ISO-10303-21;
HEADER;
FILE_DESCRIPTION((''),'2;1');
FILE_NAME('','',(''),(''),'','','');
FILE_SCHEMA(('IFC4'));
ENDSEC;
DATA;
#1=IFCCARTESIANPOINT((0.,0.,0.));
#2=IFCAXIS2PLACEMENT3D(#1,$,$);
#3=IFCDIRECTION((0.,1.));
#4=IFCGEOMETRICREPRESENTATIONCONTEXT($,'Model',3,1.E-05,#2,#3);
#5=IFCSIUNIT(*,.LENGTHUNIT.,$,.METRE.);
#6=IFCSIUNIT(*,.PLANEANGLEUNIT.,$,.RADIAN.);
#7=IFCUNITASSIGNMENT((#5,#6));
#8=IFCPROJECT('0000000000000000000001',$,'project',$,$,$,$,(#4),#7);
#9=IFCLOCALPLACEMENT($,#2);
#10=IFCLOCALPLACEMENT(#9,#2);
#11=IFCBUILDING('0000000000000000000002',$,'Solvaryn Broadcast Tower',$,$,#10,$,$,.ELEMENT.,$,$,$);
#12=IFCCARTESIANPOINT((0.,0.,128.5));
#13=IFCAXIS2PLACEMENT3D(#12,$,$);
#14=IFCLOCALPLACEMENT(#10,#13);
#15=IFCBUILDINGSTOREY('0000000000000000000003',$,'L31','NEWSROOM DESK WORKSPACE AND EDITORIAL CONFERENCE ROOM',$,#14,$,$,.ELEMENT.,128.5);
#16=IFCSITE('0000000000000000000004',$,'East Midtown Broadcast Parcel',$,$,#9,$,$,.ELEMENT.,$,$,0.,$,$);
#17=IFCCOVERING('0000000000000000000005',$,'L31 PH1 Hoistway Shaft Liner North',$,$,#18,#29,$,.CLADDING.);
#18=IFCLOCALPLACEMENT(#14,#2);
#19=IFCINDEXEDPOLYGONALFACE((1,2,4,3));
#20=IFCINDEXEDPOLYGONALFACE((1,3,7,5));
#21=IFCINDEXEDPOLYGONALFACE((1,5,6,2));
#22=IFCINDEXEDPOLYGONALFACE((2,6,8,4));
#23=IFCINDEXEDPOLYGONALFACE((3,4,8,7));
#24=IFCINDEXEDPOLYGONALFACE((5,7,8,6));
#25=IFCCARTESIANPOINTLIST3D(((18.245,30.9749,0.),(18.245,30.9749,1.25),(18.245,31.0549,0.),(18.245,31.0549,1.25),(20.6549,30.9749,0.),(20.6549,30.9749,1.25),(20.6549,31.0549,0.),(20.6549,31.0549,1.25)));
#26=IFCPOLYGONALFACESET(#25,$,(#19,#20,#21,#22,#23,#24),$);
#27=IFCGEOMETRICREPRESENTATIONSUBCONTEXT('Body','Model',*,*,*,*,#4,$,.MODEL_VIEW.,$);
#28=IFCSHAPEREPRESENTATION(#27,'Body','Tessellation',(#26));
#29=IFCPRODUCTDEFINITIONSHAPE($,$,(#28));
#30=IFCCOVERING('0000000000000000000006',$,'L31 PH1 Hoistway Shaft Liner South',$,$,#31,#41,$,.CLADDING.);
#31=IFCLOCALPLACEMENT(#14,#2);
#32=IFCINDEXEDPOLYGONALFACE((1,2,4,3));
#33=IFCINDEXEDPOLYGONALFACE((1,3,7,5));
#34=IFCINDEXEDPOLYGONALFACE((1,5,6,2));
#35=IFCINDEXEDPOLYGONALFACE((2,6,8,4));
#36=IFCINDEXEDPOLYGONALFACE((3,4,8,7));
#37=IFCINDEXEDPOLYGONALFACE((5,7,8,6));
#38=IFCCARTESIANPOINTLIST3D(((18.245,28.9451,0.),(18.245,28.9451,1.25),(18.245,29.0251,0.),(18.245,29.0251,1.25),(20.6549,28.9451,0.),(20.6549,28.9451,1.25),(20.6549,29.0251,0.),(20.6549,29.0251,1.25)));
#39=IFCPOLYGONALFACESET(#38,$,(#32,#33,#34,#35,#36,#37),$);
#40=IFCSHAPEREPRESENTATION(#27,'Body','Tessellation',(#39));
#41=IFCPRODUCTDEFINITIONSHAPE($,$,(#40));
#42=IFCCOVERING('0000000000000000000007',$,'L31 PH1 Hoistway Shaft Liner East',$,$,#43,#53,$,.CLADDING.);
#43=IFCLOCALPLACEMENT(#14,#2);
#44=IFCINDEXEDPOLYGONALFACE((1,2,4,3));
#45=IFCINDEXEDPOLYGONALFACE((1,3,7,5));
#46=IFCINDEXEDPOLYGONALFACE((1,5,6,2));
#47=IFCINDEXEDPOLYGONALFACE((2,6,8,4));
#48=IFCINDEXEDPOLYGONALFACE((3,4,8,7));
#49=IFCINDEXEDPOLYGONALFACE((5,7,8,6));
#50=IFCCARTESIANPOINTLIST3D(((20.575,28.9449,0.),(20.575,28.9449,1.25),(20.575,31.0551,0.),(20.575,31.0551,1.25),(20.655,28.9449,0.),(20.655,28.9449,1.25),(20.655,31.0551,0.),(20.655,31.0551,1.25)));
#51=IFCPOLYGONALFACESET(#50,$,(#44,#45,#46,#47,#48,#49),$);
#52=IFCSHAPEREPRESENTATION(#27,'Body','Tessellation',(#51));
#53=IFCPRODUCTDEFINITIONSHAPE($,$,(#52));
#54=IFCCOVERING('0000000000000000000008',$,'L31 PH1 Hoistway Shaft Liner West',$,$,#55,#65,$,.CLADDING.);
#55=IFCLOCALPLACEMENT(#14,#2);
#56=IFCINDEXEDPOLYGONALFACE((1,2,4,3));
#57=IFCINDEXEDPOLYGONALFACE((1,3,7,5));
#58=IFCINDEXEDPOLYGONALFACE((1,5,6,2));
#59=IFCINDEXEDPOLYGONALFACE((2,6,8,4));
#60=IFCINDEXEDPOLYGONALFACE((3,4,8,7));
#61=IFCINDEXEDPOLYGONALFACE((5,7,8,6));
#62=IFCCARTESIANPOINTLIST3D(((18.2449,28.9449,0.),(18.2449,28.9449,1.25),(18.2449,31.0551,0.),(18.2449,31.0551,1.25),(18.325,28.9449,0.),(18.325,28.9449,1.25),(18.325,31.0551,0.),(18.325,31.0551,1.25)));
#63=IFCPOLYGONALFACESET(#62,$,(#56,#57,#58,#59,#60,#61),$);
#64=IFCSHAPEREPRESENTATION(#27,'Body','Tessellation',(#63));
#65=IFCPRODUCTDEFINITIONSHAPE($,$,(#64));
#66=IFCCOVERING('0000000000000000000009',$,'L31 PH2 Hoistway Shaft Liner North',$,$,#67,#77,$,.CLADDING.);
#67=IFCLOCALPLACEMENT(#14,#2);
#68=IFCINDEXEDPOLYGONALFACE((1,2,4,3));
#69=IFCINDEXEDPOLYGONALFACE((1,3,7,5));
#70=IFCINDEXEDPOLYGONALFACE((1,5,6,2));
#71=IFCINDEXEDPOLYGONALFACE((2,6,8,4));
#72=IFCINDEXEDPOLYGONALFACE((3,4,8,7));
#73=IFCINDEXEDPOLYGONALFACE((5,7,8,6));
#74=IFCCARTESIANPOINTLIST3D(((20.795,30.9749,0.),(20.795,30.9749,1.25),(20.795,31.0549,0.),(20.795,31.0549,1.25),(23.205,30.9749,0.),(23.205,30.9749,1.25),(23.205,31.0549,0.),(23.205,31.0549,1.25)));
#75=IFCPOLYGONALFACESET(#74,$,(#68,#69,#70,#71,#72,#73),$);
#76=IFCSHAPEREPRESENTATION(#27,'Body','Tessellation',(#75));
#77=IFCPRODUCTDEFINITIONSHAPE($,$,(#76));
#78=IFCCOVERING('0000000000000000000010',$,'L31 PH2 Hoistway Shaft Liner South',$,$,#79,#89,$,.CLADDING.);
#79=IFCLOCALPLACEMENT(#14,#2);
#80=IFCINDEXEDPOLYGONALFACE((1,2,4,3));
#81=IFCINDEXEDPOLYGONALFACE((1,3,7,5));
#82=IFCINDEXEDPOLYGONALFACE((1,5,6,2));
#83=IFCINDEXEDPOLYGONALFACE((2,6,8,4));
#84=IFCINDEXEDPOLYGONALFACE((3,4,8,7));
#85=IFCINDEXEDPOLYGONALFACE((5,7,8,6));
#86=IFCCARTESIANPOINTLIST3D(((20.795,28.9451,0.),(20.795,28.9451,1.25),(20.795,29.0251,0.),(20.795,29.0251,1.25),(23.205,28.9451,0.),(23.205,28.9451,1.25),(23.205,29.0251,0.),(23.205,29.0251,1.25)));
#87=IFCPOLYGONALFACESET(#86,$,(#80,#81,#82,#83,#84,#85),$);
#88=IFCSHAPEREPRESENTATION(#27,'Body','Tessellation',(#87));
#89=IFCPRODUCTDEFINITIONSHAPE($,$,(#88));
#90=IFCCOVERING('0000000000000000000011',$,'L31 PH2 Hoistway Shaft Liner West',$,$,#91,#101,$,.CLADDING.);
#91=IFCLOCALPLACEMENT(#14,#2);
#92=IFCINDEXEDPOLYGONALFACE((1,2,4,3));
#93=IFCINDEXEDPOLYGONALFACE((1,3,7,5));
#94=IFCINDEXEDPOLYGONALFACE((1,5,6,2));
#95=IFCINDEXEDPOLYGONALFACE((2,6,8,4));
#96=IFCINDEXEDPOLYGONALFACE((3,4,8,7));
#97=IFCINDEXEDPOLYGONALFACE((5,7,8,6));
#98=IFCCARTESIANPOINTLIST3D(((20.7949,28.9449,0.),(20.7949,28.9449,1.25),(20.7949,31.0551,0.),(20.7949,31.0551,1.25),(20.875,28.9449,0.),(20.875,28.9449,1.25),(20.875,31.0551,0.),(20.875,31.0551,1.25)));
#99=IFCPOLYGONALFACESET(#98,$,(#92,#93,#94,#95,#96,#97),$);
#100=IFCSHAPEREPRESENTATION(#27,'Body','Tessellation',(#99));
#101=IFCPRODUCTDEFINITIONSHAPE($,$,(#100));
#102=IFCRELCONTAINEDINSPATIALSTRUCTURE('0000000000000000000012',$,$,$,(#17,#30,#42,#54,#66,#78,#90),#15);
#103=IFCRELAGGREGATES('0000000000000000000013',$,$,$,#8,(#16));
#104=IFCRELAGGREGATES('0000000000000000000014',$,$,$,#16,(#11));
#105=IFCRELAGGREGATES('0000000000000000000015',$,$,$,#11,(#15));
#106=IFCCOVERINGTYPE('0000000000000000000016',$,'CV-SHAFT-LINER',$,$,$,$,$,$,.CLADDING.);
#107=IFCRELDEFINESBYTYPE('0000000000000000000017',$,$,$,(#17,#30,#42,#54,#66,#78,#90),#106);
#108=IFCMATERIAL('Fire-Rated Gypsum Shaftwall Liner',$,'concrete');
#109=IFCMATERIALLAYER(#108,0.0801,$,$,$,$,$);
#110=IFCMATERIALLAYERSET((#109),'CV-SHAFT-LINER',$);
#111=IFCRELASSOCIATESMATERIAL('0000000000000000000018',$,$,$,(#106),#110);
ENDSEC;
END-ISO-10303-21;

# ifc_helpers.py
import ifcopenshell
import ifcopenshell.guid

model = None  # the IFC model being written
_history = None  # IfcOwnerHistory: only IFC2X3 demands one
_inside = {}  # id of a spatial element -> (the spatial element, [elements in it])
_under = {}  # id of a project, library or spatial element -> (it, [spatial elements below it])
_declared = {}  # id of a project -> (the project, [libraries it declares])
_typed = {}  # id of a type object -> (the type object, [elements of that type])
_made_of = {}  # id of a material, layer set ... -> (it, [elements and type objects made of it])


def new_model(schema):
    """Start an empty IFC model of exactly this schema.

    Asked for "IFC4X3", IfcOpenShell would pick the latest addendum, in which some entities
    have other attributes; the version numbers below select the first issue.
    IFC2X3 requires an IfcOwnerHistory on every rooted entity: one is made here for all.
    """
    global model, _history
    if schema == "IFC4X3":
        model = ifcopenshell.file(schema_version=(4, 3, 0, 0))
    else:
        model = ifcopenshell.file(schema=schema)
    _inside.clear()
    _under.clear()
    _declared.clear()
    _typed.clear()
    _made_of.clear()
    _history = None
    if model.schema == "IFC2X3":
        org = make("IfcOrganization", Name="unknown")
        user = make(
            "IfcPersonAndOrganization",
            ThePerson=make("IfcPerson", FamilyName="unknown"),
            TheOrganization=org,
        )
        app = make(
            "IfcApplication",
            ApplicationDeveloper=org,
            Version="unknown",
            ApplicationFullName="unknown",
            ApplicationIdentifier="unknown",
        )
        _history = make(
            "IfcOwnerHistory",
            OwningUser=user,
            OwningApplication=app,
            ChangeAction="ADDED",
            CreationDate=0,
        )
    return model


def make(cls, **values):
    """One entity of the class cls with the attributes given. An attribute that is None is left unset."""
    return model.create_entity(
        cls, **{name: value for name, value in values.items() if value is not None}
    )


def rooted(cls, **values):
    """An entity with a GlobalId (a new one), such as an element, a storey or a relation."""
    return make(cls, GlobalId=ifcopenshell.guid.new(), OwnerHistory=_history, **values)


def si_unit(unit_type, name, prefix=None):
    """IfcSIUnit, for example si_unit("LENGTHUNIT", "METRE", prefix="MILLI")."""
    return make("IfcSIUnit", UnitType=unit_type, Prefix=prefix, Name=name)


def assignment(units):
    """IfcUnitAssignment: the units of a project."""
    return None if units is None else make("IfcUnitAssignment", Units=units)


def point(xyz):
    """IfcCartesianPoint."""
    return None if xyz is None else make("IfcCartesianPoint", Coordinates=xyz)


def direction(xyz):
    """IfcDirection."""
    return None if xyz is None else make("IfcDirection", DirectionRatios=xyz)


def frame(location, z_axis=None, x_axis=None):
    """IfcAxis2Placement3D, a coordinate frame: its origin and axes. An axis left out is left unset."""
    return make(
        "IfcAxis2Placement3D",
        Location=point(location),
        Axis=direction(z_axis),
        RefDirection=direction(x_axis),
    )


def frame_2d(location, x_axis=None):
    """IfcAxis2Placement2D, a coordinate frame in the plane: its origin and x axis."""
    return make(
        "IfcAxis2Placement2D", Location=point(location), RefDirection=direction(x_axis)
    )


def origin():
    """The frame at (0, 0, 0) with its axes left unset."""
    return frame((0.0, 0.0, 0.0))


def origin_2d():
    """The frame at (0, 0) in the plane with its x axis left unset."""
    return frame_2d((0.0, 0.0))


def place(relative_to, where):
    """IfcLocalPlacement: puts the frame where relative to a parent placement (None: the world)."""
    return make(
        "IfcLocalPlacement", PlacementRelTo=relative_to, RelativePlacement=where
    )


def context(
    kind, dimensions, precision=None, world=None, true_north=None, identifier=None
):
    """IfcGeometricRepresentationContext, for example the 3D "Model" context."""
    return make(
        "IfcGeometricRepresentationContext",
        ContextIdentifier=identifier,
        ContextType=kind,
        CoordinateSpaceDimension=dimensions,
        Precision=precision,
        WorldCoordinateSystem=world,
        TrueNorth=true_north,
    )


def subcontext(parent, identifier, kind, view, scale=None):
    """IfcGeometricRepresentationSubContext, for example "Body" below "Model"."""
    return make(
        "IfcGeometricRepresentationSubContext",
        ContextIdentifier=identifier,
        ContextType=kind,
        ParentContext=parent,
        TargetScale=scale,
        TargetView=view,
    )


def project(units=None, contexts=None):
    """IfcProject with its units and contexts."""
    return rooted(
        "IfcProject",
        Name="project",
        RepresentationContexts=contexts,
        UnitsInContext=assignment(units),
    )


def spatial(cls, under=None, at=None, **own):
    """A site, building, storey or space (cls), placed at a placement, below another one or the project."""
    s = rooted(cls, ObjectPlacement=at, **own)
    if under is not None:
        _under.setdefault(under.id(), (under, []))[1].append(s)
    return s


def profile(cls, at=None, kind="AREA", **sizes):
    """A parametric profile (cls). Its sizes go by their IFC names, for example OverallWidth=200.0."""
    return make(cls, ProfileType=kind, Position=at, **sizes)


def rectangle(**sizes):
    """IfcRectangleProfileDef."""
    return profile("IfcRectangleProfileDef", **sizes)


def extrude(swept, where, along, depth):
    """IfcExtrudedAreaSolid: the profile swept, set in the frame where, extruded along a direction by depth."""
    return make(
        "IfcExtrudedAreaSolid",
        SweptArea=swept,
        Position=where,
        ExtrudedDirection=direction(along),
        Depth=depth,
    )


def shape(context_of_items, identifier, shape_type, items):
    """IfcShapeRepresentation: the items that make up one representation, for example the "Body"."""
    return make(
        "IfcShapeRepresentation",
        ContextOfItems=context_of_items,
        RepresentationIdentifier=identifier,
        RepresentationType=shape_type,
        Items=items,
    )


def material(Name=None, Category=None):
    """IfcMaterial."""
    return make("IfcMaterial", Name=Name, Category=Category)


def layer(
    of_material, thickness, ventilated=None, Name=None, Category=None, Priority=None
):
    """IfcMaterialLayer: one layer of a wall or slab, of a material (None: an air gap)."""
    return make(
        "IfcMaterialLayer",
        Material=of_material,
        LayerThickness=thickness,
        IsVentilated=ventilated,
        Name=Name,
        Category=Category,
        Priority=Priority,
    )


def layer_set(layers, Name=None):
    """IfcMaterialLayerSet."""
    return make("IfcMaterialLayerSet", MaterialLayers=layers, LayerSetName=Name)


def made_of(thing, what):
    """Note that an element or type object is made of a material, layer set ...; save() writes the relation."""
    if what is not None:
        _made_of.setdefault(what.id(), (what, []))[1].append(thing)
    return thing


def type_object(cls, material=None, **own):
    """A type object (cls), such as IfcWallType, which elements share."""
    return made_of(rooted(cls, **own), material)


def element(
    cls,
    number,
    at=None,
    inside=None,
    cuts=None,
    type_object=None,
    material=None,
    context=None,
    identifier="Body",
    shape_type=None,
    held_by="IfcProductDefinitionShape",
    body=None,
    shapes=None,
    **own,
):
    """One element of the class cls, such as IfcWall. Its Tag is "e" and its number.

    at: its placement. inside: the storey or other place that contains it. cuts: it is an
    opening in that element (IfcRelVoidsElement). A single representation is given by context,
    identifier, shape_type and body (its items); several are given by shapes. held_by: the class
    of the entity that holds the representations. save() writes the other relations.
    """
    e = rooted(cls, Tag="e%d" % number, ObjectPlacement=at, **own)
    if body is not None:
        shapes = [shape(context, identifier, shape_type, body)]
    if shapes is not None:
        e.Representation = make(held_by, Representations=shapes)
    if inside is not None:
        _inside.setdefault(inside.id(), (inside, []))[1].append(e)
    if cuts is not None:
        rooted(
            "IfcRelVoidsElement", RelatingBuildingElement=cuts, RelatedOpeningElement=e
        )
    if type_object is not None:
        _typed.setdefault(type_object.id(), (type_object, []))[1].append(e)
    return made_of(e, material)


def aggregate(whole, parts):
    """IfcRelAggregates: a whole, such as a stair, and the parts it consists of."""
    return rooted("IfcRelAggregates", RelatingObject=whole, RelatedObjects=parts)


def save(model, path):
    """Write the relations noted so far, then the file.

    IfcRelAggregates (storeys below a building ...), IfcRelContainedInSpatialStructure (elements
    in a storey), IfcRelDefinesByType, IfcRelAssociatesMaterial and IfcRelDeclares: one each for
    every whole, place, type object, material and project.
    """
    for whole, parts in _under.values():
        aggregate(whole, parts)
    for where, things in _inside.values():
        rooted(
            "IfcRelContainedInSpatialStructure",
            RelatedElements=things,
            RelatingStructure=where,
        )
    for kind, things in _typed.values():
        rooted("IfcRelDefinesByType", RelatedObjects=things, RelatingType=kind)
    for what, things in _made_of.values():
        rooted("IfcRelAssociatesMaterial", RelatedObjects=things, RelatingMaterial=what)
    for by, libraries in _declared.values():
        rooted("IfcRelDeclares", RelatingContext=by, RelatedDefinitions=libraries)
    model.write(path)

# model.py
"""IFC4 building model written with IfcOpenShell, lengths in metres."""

from ifc_helpers import new_model, si_unit, direction, frame, origin, origin_2d, place, context, subcontext, project, spatial, rectangle, extrude, material, layer, layer_set, type_object, element, save


model = new_model("IFC4")

# Units and contexts
model_context = context("Model", 3, precision=1e-05, world=origin(), true_north=direction((0.0, 1.0)))
body_context = subcontext(model_context, "Body", "Model", "MODEL_VIEW")
ifc_project = project(units=[si_unit("LENGTHUNIT", "METRE"), si_unit("PLANEANGLEUNIT", "RADIAN")], contexts=[model_context])

# Site, building, storey
site_placement = place(None, origin())
site = spatial("IfcSite", under=ifc_project, at=site_placement, Name="East Midtown Broadcast Parcel", CompositionType="ELEMENT", RefElevation=0.0)
building_placement = place(site_placement, origin())
building = spatial("IfcBuilding", under=site, at=building_placement, Name="Solvaryn Broadcast Tower", CompositionType="ELEMENT")
storey_placement = place(building_placement, frame((0.0, 0.0, 128.5)))
storey = spatial("IfcBuildingStorey", under=building, at=storey_placement, Name="L31", Description="NEWSROOM DESK WORKSPACE AND EDITORIAL CONFERENCE ROOM", CompositionType="ELEMENT", Elevation=128.5)

# Coverings
ifc_material_1 = material(Name="Fire-Rated Gypsum Shaftwall Liner", Category="concrete")
ifc_layer_1 = layer(ifc_material_1, 0.0801)
ifc_layer_set_1 = layer_set([ifc_layer_1], Name="CV-SHAFT-LINER")
covering_type = type_object("IfcCoveringType", Name="CV-SHAFT-LINER", PredefinedType="CLADDING", material=ifc_layer_set_1)
for number, where, z_axis, x_axis, name in (
    (1, (19.45, 31.0149, 0.0), (0.0, 0.0, 1.0), (1.0, 0.0, 0.0), "L31 PH1 Hoistway Shaft Liner North"),
    (2, (19.45, 28.9851, 0.0), (0.0, 0.0, 1.0), (1.0, 0.0, 0.0), "L31 PH1 Hoistway Shaft Liner South"),
):
    element("IfcCovering", number, at=place(storey_placement, frame(where, z_axis=z_axis, x_axis=x_axis)), inside=storey, type_object=covering_type, Name=name, PredefinedType="CLADDING", context=body_context, shape_type="SweptSolid", body=[
        extrude(rectangle(XDim=2.4099, YDim=0.0801, at=origin_2d()), origin(), (0.0, 0.0, 1.0), 1.25),
    ])
for number, where, z_axis, x_axis, name in (
    (3, (20.615, 30.0, 0.0), (0.0, 0.0, 1.0), (1.0, 0.0, 0.0), "L31 PH1 Hoistway Shaft Liner East"),
    (4, (18.2849, 30.0, 0.0), (0.0, 0.0, 1.0), (1.0, 0.0, 0.0), "L31 PH1 Hoistway Shaft Liner West"),
):
    element("IfcCovering", number, at=place(storey_placement, frame(where, z_axis=z_axis, x_axis=x_axis)), inside=storey, type_object=covering_type, Name=name, PredefinedType="CLADDING", context=body_context, shape_type="SweptSolid", body=[
        extrude(rectangle(XDim=0.0801, YDim=2.1101, at=origin_2d()), origin(), (0.0, 0.0, 1.0), 1.25),
    ])
for number, where, z_axis, x_axis, name in (
    (5, (22.0, 31.0149, 0.0), (0.0, 0.0, 1.0), (1.0, 0.0, 0.0), "L31 PH2 Hoistway Shaft Liner North"),
    (6, (22.0, 28.9851, 0.0), (0.0, 0.0, 1.0), (1.0, 0.0, 0.0), "L31 PH2 Hoistway Shaft Liner South"),
):
    element("IfcCovering", number, at=place(storey_placement, frame(where, z_axis=z_axis, x_axis=x_axis)), inside=storey, type_object=covering_type, Name=name, PredefinedType="CLADDING", context=body_context, shape_type="SweptSolid", body=[
        extrude(rectangle(XDim=2.4099, YDim=0.0801, at=origin_2d()), origin(), (0.0, 0.0, 1.0), 1.25),
    ])
covering_placement = place(storey_placement, frame((20.835, 30.0, 0.0), z_axis=(0.0, 0.0, 1.0), x_axis=(1.0, 0.0, 0.0)))
element("IfcCovering", 7, at=covering_placement, inside=storey, type_object=covering_type, Name="L31 PH2 Hoistway Shaft Liner West", PredefinedType="CLADDING", context=body_context, shape_type="SweptSolid", body=[
    extrude(rectangle(XDim=0.0801, YDim=2.1101, at=origin_2d()), origin(), (0.0, 0.0, 1.0), 1.25),
])

save(model, "model.ifc")
